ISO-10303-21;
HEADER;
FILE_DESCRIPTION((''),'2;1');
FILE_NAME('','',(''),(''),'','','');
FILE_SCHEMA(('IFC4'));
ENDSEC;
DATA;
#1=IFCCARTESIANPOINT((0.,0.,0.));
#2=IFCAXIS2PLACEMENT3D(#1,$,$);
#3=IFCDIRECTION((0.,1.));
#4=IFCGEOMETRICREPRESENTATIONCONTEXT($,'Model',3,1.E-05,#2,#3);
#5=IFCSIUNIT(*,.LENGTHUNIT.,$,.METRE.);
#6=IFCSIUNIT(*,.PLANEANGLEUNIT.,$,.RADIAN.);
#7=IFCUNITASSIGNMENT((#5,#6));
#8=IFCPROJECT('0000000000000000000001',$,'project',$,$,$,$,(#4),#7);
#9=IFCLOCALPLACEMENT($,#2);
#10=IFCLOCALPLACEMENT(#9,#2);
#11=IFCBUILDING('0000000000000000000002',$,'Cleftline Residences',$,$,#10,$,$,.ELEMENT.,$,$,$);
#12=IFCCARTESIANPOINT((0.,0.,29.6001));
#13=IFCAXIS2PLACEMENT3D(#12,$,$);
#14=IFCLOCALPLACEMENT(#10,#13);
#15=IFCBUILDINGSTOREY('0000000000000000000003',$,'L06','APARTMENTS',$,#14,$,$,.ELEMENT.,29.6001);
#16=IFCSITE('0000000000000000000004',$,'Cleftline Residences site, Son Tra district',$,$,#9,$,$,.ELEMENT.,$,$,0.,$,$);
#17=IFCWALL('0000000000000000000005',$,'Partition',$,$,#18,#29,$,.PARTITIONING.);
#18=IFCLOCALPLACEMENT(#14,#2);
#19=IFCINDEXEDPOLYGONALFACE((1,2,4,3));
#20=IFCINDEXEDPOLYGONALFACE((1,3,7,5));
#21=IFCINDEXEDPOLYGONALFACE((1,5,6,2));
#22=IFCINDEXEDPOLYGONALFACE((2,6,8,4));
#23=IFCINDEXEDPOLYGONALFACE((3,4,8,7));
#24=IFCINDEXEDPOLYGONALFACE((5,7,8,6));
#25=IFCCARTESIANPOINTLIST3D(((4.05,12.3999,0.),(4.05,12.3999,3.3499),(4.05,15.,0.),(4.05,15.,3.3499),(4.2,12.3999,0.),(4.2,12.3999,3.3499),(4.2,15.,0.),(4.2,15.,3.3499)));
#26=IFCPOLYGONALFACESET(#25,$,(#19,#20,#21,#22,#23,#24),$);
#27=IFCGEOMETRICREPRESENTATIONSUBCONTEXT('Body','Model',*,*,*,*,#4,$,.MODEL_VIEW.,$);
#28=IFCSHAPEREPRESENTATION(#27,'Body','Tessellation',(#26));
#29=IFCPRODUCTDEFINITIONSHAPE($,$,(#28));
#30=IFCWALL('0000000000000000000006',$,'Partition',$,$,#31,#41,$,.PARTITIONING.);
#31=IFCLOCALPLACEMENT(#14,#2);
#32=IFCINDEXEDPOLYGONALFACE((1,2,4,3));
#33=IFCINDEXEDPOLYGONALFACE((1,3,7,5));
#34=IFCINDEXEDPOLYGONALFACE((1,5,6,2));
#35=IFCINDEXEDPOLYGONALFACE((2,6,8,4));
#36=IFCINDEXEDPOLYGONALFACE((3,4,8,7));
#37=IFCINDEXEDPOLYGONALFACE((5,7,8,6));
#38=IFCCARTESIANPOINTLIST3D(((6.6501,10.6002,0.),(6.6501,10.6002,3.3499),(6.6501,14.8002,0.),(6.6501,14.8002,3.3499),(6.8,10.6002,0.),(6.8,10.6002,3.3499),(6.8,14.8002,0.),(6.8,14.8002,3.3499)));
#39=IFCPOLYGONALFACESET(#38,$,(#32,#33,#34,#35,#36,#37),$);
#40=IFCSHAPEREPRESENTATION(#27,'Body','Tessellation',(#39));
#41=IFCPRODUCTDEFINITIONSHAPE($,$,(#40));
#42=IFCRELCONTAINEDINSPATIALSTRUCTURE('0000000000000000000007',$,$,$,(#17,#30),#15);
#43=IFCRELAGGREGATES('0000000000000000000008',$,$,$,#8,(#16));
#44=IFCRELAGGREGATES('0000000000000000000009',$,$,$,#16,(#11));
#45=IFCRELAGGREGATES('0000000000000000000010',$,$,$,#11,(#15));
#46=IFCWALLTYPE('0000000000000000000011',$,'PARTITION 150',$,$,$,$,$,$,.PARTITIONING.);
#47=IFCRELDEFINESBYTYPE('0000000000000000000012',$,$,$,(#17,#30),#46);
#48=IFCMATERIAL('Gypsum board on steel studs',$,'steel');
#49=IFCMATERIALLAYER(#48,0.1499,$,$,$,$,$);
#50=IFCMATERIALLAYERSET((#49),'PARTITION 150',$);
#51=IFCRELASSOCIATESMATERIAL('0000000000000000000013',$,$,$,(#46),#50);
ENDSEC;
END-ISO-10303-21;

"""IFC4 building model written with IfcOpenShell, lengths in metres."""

from ifc_helpers import new_model, si_unit, direction, frame, frame_2d, origin, place, context, subcontext, project, spatial, rectangle, extrude, material, layer, layer_set, type_object, element, save


model = new_model("IFC4")

# Units and contexts
model_context = context("Model", 3, precision=1e-05, world=origin(), true_north=direction((0.0, 1.0)))
body_context = subcontext(model_context, "Body", "Model", "MODEL_VIEW")
ifc_project = project(units=[si_unit("LENGTHUNIT", "METRE"), si_unit("PLANEANGLEUNIT", "RADIAN")], contexts=[model_context])

# Site, building, storey
site_placement = place(None, origin())
site = spatial("IfcSite", under=ifc_project, at=site_placement, Name="Cleftline Residences site, Son Tra district", CompositionType="ELEMENT", RefElevation=0.0)
building_placement = place(site_placement, origin())
building = spatial("IfcBuilding", under=site, at=building_placement, Name="Cleftline Residences", CompositionType="ELEMENT")
storey_placement = place(building_placement, frame((0.0, 0.0, 29.6001)))
storey = spatial("IfcBuildingStorey", under=building, at=storey_placement, Name="L06", Description="APARTMENTS", CompositionType="ELEMENT", Elevation=29.6001)

# Shared definitions
ifc_material_1 = material(Name="Gypsum board on steel studs", Category="steel")
ifc_layer = layer(ifc_material_1, 0.1499)
ifc_layer_set = layer_set([ifc_layer], Name="PARTITION 150")
wall_type = type_object("IfcWallType", Name="PARTITION 150", PredefinedType="PARTITIONING", material=ifc_layer_set)

# Walls
wall_1_placement = place(storey_placement, frame((4.125, 12.3999, 0.0), z_axis=(0.0, 0.0, 1.0), x_axis=(0.0, 1.0, 0.0)))
element("IfcWall", 1, at=wall_1_placement, inside=storey, type_object=wall_type, Name="Partition", PredefinedType="PARTITIONING", context=body_context, shape_type="SweptSolid", body=[
    extrude(rectangle(XDim=2.6001, YDim=0.1499, at=frame_2d((1.3, 0.0))), origin(), (0.0, 0.0, 1.0), 3.3499),
])
wall_2_placement = place(storey_placement, frame((6.7251, 10.6001, 0.0), z_axis=(0.0, 0.0, 1.0), x_axis=(0.0, 1.0, 0.0)))
element("IfcWall", 2, at=wall_2_placement, inside=storey, type_object=wall_type, Name="Partition", PredefinedType="PARTITIONING", context=body_context, shape_type="SweptSolid", body=[
    extrude(rectangle(XDim=4.2, YDim=0.1499, at=frame_2d((2.1001, 0.0))), origin(), (0.0, 0.0, 1.0), 3.3499),
])

save(model, "model.ifc")
